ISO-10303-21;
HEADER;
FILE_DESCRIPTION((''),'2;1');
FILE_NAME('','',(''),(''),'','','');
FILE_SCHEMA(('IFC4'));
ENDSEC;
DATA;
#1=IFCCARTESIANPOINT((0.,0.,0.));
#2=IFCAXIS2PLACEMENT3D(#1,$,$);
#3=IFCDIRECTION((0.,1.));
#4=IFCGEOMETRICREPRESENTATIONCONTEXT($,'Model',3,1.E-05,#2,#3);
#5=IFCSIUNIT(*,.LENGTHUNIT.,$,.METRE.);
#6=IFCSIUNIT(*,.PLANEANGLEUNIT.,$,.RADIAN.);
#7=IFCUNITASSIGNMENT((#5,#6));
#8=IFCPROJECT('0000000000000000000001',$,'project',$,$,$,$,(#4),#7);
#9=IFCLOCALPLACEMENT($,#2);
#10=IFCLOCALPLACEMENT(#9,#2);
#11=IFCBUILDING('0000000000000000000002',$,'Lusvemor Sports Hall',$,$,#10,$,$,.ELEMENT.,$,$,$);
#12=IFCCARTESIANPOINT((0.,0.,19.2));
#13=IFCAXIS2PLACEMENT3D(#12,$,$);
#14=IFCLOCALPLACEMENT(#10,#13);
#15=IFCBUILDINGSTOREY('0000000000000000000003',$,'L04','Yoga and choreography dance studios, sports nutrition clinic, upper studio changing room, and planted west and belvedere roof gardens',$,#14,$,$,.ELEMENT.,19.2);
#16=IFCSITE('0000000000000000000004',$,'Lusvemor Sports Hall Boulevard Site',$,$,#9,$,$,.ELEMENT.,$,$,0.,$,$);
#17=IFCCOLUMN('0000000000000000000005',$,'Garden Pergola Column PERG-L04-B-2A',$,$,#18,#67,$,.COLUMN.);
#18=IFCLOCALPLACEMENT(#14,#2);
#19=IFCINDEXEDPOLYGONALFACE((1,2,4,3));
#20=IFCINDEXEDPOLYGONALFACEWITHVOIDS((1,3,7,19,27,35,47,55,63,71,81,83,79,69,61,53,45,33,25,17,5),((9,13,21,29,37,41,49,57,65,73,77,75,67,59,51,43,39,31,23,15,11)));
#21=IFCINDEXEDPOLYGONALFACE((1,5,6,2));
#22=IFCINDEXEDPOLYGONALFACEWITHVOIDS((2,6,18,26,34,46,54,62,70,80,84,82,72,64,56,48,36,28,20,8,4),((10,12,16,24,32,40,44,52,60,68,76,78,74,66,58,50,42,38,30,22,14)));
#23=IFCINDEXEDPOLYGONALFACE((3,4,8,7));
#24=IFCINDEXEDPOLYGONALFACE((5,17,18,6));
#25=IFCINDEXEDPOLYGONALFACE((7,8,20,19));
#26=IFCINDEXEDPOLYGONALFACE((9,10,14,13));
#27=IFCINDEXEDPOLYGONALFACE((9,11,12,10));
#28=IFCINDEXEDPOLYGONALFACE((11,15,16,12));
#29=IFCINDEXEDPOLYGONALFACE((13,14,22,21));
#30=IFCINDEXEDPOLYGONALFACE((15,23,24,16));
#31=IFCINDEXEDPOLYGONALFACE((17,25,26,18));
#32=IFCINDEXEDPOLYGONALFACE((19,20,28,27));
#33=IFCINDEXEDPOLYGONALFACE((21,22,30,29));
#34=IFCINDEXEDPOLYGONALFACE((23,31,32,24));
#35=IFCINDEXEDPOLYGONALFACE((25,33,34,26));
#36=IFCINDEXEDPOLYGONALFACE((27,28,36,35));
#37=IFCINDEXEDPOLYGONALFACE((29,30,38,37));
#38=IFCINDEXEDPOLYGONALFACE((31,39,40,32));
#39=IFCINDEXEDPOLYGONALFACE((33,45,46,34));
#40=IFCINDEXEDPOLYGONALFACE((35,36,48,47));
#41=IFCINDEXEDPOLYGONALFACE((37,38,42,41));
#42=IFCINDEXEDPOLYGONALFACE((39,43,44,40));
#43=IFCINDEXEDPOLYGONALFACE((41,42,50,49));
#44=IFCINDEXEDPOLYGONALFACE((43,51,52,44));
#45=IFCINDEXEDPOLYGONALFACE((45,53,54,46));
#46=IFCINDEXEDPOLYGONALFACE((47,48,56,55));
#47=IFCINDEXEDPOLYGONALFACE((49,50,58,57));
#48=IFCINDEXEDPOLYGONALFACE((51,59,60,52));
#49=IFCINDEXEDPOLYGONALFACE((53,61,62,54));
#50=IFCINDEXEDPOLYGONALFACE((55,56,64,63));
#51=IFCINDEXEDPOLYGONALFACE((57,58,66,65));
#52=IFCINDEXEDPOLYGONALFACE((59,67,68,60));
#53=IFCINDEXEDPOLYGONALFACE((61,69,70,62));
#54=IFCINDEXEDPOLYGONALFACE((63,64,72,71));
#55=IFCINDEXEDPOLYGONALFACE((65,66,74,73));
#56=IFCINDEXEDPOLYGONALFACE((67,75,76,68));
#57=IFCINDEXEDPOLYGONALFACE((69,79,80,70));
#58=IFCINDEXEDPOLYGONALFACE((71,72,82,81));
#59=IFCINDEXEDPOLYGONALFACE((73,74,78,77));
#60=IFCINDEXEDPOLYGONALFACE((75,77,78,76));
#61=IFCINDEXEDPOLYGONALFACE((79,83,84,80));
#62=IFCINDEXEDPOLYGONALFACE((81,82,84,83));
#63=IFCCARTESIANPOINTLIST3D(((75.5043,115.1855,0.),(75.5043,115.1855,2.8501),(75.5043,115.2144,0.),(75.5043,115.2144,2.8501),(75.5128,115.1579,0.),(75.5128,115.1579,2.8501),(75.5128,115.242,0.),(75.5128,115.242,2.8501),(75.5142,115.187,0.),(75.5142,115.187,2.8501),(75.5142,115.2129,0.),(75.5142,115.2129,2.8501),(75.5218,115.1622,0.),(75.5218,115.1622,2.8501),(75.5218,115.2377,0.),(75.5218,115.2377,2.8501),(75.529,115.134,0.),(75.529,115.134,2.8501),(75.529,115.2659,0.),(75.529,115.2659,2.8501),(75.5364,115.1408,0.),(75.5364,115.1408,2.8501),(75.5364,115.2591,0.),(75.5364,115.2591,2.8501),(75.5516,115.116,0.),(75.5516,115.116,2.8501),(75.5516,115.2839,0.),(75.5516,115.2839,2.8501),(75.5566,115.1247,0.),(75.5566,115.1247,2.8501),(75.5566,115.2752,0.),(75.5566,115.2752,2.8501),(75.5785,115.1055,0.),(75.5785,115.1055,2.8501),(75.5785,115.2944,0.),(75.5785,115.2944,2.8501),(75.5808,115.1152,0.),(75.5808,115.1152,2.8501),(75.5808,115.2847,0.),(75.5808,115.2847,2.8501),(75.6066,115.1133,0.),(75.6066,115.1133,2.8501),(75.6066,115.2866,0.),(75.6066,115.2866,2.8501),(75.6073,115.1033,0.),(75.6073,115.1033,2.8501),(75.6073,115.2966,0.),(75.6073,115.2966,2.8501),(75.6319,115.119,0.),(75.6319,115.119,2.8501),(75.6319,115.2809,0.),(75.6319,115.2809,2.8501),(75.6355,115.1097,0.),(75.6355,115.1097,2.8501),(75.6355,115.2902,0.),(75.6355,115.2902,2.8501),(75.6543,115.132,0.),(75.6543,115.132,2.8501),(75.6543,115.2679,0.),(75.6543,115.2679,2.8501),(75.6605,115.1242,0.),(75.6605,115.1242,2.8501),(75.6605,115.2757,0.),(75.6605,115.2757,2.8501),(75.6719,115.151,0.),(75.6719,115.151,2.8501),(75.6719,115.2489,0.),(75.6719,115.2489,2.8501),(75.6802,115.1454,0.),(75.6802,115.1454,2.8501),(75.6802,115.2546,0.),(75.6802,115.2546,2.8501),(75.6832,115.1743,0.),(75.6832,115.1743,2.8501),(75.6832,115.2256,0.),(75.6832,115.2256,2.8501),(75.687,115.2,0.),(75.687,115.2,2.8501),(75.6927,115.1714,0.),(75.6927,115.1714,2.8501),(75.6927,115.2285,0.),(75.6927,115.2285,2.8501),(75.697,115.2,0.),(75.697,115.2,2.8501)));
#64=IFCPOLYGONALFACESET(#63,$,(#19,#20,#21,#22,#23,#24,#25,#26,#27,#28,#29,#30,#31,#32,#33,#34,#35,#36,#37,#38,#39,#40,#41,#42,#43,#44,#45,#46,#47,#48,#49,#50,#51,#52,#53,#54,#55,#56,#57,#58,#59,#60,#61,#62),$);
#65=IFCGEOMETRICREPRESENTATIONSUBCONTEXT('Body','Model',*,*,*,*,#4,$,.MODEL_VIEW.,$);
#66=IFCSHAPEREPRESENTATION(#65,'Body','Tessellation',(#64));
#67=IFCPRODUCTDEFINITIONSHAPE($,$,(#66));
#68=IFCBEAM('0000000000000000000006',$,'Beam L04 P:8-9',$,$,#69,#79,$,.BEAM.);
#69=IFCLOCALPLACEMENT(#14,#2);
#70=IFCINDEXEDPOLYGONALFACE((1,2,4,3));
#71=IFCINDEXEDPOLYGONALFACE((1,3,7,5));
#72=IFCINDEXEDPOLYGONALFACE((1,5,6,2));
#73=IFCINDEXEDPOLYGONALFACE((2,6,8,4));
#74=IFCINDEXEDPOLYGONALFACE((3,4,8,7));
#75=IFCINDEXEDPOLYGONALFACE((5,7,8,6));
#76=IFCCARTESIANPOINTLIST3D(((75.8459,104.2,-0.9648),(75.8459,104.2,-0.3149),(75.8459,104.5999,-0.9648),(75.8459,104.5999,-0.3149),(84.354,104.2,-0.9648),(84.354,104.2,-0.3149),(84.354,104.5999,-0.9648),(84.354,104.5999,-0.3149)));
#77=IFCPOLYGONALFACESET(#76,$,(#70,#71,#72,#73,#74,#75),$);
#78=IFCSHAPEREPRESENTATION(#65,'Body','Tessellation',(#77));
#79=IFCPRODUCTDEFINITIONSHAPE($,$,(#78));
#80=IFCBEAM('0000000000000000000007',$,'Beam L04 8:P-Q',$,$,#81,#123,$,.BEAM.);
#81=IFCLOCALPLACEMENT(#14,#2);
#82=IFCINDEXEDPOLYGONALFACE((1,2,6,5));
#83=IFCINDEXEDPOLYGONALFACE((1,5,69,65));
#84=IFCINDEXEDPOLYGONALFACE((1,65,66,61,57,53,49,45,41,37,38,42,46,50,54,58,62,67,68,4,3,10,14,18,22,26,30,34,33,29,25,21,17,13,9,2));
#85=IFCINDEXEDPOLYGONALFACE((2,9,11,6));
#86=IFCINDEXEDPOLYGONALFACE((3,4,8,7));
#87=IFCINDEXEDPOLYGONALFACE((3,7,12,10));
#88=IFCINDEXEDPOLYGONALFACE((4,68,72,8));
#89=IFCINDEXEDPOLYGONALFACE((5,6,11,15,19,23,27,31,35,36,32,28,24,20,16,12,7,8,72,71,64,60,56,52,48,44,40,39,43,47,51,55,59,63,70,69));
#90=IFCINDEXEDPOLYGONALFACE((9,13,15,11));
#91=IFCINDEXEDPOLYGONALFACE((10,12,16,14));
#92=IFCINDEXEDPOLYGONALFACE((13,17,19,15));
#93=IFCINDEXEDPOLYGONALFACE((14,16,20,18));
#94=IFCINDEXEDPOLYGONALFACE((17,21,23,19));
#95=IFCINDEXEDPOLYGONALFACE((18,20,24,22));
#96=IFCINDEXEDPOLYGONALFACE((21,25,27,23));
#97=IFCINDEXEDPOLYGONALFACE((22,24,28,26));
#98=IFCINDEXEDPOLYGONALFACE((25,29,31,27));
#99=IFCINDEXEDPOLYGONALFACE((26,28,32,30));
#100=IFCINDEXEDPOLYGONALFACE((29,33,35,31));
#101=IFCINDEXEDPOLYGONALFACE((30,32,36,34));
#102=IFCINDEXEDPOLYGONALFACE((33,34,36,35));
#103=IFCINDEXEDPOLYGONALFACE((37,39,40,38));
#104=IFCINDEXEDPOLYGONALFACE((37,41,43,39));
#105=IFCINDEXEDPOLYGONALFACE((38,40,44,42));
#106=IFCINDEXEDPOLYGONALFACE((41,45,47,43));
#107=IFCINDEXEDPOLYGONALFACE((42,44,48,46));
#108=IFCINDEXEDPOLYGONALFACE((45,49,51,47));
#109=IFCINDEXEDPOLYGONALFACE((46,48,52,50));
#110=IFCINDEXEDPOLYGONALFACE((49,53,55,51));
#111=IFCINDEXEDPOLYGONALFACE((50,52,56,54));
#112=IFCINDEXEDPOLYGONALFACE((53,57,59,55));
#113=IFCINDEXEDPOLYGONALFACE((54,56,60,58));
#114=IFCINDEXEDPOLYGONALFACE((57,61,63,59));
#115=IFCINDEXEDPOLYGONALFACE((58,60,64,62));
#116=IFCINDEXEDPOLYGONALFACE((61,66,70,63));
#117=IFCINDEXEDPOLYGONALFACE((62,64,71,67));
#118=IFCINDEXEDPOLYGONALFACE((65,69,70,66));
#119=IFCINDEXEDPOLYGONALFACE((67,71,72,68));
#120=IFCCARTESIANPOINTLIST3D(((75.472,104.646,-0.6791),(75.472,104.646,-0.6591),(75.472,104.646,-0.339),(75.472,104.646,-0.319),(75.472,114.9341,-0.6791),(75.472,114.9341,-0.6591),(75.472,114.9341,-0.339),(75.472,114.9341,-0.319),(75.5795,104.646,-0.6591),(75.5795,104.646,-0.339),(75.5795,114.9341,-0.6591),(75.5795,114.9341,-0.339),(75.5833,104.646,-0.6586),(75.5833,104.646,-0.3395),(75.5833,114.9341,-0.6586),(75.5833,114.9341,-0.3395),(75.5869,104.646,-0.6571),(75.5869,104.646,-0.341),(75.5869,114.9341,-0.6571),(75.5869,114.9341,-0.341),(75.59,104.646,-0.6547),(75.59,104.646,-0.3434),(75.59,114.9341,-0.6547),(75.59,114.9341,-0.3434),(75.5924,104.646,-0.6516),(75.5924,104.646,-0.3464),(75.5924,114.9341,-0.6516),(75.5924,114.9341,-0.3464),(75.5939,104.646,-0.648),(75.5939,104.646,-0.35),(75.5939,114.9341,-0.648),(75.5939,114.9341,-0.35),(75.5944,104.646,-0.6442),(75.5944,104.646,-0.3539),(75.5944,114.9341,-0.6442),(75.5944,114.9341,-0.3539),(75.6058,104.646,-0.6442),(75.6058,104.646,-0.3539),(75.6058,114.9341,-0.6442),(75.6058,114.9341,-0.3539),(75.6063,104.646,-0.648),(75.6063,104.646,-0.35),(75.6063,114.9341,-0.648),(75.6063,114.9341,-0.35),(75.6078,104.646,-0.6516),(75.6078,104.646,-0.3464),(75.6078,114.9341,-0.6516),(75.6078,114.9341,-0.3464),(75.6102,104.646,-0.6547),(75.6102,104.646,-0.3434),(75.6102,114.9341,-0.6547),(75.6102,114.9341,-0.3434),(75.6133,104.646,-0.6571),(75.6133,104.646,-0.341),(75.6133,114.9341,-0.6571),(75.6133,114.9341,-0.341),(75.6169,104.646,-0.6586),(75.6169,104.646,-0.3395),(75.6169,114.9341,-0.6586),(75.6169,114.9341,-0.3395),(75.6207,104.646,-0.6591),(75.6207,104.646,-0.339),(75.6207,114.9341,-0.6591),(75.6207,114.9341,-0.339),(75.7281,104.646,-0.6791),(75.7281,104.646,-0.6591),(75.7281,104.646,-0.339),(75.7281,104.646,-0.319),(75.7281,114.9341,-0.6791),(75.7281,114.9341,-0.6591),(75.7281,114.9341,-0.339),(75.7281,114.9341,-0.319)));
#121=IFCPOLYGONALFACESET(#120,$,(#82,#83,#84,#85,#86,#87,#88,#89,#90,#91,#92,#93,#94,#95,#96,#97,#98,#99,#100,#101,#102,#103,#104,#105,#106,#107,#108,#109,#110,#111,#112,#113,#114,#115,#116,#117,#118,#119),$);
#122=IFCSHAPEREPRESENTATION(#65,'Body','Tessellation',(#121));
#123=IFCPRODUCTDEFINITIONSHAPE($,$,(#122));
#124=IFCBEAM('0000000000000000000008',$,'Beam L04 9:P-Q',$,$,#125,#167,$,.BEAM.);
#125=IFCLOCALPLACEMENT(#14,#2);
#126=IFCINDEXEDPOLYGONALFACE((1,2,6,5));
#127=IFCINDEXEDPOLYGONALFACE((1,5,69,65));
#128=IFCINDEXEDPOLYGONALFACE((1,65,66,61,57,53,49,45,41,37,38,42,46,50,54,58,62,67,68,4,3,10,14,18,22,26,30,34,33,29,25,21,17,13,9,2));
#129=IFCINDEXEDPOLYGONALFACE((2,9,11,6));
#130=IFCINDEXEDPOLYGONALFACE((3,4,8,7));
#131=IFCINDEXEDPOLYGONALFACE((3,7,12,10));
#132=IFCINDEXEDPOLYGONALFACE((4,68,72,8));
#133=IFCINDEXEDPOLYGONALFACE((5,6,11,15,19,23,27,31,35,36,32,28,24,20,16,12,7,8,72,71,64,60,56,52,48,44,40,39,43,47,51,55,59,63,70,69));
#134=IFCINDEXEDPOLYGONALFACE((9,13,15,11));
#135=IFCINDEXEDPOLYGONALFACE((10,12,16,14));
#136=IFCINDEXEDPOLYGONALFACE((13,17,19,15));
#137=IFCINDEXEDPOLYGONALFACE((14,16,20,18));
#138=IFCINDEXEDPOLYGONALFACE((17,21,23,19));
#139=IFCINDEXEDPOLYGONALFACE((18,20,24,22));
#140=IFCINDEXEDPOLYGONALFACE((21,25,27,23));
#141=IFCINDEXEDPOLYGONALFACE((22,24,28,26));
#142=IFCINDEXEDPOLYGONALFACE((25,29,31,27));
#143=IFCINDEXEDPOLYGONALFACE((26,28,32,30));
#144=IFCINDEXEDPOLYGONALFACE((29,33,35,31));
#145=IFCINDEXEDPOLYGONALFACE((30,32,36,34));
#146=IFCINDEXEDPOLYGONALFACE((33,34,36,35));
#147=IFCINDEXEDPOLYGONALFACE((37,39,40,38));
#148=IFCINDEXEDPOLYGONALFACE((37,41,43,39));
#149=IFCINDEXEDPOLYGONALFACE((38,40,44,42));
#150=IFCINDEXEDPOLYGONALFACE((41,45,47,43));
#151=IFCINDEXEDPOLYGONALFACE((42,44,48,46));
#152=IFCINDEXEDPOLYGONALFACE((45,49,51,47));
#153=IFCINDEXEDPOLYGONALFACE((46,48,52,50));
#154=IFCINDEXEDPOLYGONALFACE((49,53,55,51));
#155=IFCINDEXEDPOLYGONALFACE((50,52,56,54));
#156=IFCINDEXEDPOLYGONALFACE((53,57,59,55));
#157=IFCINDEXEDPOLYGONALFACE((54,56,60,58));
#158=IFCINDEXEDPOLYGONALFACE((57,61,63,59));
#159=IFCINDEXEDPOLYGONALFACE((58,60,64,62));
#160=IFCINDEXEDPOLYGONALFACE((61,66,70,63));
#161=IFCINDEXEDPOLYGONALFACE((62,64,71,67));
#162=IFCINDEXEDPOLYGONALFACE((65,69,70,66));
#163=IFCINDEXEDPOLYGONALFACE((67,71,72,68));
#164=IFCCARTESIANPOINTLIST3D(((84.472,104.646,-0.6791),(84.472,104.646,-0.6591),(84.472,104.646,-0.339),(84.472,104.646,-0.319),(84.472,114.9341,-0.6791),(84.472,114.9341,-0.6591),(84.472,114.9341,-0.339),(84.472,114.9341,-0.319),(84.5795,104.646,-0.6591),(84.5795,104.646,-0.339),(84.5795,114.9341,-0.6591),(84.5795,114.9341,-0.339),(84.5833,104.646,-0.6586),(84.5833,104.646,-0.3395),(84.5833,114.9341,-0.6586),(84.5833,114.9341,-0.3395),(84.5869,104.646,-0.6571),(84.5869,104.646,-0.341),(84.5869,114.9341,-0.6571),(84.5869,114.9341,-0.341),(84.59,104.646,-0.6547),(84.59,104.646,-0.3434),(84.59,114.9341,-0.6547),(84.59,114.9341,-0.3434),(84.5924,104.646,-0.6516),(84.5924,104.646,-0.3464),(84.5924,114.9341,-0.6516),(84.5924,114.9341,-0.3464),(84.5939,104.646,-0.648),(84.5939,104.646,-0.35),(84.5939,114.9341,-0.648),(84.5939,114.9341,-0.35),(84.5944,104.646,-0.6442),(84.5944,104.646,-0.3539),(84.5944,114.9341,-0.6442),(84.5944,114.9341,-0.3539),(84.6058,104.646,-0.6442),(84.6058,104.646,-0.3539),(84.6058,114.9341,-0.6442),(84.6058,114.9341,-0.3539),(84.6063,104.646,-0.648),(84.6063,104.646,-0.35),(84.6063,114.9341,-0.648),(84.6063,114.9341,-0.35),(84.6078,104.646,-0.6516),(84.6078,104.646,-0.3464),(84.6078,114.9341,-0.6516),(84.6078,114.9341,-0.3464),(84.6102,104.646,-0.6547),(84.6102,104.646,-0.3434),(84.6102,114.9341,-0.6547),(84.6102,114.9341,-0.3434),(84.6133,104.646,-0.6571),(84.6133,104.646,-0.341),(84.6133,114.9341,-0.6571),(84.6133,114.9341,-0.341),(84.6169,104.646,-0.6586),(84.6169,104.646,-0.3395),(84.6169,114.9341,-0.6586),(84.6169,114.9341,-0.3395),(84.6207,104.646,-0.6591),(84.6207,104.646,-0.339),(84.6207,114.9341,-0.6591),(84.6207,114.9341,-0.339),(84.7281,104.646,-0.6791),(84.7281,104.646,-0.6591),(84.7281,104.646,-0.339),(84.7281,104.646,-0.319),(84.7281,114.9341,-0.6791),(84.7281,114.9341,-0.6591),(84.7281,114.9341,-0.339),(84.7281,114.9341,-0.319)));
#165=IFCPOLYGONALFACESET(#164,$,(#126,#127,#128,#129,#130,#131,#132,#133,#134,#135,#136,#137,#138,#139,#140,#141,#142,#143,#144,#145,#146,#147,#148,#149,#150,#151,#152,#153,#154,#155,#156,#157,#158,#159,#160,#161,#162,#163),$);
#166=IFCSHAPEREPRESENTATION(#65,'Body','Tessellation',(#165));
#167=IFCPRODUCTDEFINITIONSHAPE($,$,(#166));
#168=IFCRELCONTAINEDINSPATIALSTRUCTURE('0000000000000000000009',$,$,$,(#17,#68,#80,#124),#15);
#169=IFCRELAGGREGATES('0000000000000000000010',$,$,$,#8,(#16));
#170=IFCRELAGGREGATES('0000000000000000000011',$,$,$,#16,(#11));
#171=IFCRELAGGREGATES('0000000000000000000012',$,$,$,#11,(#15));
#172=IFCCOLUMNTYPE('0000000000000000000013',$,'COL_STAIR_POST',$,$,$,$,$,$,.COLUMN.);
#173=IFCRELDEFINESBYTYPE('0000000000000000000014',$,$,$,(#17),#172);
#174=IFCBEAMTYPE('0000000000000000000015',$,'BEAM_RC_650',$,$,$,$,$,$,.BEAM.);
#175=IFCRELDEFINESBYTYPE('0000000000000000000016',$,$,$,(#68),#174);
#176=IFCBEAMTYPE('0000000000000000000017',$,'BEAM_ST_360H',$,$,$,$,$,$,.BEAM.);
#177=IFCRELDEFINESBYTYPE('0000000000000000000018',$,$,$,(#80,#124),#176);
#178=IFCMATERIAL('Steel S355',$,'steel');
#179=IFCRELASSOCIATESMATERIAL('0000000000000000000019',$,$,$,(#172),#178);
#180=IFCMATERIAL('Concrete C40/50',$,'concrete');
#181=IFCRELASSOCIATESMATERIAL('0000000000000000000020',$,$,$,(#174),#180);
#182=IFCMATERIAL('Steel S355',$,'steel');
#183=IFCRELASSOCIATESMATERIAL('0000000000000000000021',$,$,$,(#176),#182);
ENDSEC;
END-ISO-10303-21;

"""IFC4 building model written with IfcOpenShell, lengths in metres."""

from ifc_helpers import new_model, si_unit, direction, frame, origin, origin_2d, place, context, subcontext, project, spatial, rectangle, hollow_circle, i_section, extrude, material, material_profile, profile_set, type_object, element, save


model = new_model("IFC4")

# Units and contexts
model_context = context("Model", 3, precision=1e-05, world=origin(), true_north=direction((0.0, 1.0)))
body_context = subcontext(model_context, "Body", "Model", "MODEL_VIEW")
ifc_project = project(units=[si_unit("LENGTHUNIT", "METRE"), si_unit("PLANEANGLEUNIT", "RADIAN")], contexts=[model_context])

# Site, building, storey
site_placement = place(None, origin())
site = spatial("IfcSite", under=ifc_project, at=site_placement, Name="Lusvemor Sports Hall Boulevard Site", CompositionType="ELEMENT", RefElevation=0.0)
building_placement = place(site_placement, origin())
building = spatial("IfcBuilding", under=site, at=building_placement, Name="Lusvemor Sports Hall", CompositionType="ELEMENT")
storey_placement = place(building_placement, frame((0.0, 0.0, 19.2)))
storey = spatial("IfcBuildingStorey", under=building, at=storey_placement, Name="L04", Description="Yoga and choreography dance studios, sports nutrition clinic, upper studio changing room, and planted west and belvedere roof gardens", CompositionType="ELEMENT", Elevation=19.2)

# Column
ifc_material_1 = material(Name="Steel S355", Category="steel")
ifc_material_profile_1 = material_profile(ifc_material_1, hollow_circle(Radius=0.0969, WallThickness=0.01, at=origin_2d()), Name="CHS193.7x10.0")
ifc_profile_set_1 = profile_set([ifc_material_profile_1], Name="Steel S355")
column_type = type_object("IfcColumnType", Name="COL_STAIR_POST", PredefinedType="COLUMN", material=ifc_profile_set_1)
column_placement = place(storey_placement, frame((75.6001, 115.2, 0.0), z_axis=(0.0, 0.0, 1.0), x_axis=(1.0, 0.0, 0.0)))
element("IfcColumn", 1, at=column_placement, inside=storey, type_object=column_type, Name="Garden Pergola Column PERG-L04-B-2A", PredefinedType="COLUMN", context=body_context, shape_type="SweptSolid", body=[
    extrude(hollow_circle(Radius=0.0969, WallThickness=0.01, at=origin_2d()), origin(), (0.0, 0.0, 1.0), 2.8501),
])

# Beams
ifc_material_2 = material(Name="Concrete C40/50", Category="concrete")
ifc_material_profile_2 = material_profile(ifc_material_2, rectangle(XDim=0.3999, YDim=0.6499, at=origin_2d()), Name="RC400x650")
ifc_profile_set_2 = profile_set([ifc_material_profile_2], Name="Concrete C40/50")
beam_type_1 = type_object("IfcBeamType", Name="BEAM_RC_650", PredefinedType="BEAM", material=ifc_profile_set_2)
beam_1_placement = place(storey_placement, frame((75.8459, 104.3999, -0.6399), z_axis=(1.0, 0.0, 0.0), x_axis=(0.0, 1.0, 0.0)))
element("IfcBeam", 2, at=beam_1_placement, inside=storey, type_object=beam_type_1, Name="Beam L04 P:8-9", PredefinedType="BEAM", context=body_context, shape_type="SweptSolid", body=[
    extrude(rectangle(XDim=0.3999, YDim=0.6499, at=origin_2d()), origin(), (0.0, 0.0, 1.0), 8.5081),
])
ifc_material_3 = material(Name="Steel S355", Category="steel")
ifc_material_profile_3 = material_profile(ifc_material_3, i_section(OverallWidth=0.2561, OverallDepth=0.3601, WebThickness=0.0115, FlangeThickness=0.02, FilletRadius=0.0149, at=origin_2d()), Name="W360x110.0")
ifc_profile_set_3 = profile_set([ifc_material_profile_3], Name="Steel S355")
beam_type_2 = type_object("IfcBeamType", Name="BEAM_ST_360H", PredefinedType="BEAM", material=ifc_profile_set_3)
for number, where, z_axis, x_axis, name in (
    (3, (75.6001, 104.646, -0.499), (0.0, 1.0, 0.0), (-1.0, 0.0, 0.0), "Beam L04 8:P-Q"),
    (4, (84.6001, 104.646, -0.499), (0.0, 1.0, 0.0), (-1.0, 0.0, 0.0), "Beam L04 9:P-Q"),
):
    element("IfcBeam", number, at=place(storey_placement, frame(where, z_axis=z_axis, x_axis=x_axis)), inside=storey, type_object=beam_type_2, Name=name, PredefinedType="BEAM", context=body_context, shape_type="SweptSolid", body=[
        extrude(i_section(OverallWidth=0.2561, OverallDepth=0.3601, WebThickness=0.0115, FlangeThickness=0.02, FilletRadius=0.0149, at=origin_2d()), origin(), (0.0, 0.0, 1.0), 10.2881),
    ])

save(model, "model.ifc")
